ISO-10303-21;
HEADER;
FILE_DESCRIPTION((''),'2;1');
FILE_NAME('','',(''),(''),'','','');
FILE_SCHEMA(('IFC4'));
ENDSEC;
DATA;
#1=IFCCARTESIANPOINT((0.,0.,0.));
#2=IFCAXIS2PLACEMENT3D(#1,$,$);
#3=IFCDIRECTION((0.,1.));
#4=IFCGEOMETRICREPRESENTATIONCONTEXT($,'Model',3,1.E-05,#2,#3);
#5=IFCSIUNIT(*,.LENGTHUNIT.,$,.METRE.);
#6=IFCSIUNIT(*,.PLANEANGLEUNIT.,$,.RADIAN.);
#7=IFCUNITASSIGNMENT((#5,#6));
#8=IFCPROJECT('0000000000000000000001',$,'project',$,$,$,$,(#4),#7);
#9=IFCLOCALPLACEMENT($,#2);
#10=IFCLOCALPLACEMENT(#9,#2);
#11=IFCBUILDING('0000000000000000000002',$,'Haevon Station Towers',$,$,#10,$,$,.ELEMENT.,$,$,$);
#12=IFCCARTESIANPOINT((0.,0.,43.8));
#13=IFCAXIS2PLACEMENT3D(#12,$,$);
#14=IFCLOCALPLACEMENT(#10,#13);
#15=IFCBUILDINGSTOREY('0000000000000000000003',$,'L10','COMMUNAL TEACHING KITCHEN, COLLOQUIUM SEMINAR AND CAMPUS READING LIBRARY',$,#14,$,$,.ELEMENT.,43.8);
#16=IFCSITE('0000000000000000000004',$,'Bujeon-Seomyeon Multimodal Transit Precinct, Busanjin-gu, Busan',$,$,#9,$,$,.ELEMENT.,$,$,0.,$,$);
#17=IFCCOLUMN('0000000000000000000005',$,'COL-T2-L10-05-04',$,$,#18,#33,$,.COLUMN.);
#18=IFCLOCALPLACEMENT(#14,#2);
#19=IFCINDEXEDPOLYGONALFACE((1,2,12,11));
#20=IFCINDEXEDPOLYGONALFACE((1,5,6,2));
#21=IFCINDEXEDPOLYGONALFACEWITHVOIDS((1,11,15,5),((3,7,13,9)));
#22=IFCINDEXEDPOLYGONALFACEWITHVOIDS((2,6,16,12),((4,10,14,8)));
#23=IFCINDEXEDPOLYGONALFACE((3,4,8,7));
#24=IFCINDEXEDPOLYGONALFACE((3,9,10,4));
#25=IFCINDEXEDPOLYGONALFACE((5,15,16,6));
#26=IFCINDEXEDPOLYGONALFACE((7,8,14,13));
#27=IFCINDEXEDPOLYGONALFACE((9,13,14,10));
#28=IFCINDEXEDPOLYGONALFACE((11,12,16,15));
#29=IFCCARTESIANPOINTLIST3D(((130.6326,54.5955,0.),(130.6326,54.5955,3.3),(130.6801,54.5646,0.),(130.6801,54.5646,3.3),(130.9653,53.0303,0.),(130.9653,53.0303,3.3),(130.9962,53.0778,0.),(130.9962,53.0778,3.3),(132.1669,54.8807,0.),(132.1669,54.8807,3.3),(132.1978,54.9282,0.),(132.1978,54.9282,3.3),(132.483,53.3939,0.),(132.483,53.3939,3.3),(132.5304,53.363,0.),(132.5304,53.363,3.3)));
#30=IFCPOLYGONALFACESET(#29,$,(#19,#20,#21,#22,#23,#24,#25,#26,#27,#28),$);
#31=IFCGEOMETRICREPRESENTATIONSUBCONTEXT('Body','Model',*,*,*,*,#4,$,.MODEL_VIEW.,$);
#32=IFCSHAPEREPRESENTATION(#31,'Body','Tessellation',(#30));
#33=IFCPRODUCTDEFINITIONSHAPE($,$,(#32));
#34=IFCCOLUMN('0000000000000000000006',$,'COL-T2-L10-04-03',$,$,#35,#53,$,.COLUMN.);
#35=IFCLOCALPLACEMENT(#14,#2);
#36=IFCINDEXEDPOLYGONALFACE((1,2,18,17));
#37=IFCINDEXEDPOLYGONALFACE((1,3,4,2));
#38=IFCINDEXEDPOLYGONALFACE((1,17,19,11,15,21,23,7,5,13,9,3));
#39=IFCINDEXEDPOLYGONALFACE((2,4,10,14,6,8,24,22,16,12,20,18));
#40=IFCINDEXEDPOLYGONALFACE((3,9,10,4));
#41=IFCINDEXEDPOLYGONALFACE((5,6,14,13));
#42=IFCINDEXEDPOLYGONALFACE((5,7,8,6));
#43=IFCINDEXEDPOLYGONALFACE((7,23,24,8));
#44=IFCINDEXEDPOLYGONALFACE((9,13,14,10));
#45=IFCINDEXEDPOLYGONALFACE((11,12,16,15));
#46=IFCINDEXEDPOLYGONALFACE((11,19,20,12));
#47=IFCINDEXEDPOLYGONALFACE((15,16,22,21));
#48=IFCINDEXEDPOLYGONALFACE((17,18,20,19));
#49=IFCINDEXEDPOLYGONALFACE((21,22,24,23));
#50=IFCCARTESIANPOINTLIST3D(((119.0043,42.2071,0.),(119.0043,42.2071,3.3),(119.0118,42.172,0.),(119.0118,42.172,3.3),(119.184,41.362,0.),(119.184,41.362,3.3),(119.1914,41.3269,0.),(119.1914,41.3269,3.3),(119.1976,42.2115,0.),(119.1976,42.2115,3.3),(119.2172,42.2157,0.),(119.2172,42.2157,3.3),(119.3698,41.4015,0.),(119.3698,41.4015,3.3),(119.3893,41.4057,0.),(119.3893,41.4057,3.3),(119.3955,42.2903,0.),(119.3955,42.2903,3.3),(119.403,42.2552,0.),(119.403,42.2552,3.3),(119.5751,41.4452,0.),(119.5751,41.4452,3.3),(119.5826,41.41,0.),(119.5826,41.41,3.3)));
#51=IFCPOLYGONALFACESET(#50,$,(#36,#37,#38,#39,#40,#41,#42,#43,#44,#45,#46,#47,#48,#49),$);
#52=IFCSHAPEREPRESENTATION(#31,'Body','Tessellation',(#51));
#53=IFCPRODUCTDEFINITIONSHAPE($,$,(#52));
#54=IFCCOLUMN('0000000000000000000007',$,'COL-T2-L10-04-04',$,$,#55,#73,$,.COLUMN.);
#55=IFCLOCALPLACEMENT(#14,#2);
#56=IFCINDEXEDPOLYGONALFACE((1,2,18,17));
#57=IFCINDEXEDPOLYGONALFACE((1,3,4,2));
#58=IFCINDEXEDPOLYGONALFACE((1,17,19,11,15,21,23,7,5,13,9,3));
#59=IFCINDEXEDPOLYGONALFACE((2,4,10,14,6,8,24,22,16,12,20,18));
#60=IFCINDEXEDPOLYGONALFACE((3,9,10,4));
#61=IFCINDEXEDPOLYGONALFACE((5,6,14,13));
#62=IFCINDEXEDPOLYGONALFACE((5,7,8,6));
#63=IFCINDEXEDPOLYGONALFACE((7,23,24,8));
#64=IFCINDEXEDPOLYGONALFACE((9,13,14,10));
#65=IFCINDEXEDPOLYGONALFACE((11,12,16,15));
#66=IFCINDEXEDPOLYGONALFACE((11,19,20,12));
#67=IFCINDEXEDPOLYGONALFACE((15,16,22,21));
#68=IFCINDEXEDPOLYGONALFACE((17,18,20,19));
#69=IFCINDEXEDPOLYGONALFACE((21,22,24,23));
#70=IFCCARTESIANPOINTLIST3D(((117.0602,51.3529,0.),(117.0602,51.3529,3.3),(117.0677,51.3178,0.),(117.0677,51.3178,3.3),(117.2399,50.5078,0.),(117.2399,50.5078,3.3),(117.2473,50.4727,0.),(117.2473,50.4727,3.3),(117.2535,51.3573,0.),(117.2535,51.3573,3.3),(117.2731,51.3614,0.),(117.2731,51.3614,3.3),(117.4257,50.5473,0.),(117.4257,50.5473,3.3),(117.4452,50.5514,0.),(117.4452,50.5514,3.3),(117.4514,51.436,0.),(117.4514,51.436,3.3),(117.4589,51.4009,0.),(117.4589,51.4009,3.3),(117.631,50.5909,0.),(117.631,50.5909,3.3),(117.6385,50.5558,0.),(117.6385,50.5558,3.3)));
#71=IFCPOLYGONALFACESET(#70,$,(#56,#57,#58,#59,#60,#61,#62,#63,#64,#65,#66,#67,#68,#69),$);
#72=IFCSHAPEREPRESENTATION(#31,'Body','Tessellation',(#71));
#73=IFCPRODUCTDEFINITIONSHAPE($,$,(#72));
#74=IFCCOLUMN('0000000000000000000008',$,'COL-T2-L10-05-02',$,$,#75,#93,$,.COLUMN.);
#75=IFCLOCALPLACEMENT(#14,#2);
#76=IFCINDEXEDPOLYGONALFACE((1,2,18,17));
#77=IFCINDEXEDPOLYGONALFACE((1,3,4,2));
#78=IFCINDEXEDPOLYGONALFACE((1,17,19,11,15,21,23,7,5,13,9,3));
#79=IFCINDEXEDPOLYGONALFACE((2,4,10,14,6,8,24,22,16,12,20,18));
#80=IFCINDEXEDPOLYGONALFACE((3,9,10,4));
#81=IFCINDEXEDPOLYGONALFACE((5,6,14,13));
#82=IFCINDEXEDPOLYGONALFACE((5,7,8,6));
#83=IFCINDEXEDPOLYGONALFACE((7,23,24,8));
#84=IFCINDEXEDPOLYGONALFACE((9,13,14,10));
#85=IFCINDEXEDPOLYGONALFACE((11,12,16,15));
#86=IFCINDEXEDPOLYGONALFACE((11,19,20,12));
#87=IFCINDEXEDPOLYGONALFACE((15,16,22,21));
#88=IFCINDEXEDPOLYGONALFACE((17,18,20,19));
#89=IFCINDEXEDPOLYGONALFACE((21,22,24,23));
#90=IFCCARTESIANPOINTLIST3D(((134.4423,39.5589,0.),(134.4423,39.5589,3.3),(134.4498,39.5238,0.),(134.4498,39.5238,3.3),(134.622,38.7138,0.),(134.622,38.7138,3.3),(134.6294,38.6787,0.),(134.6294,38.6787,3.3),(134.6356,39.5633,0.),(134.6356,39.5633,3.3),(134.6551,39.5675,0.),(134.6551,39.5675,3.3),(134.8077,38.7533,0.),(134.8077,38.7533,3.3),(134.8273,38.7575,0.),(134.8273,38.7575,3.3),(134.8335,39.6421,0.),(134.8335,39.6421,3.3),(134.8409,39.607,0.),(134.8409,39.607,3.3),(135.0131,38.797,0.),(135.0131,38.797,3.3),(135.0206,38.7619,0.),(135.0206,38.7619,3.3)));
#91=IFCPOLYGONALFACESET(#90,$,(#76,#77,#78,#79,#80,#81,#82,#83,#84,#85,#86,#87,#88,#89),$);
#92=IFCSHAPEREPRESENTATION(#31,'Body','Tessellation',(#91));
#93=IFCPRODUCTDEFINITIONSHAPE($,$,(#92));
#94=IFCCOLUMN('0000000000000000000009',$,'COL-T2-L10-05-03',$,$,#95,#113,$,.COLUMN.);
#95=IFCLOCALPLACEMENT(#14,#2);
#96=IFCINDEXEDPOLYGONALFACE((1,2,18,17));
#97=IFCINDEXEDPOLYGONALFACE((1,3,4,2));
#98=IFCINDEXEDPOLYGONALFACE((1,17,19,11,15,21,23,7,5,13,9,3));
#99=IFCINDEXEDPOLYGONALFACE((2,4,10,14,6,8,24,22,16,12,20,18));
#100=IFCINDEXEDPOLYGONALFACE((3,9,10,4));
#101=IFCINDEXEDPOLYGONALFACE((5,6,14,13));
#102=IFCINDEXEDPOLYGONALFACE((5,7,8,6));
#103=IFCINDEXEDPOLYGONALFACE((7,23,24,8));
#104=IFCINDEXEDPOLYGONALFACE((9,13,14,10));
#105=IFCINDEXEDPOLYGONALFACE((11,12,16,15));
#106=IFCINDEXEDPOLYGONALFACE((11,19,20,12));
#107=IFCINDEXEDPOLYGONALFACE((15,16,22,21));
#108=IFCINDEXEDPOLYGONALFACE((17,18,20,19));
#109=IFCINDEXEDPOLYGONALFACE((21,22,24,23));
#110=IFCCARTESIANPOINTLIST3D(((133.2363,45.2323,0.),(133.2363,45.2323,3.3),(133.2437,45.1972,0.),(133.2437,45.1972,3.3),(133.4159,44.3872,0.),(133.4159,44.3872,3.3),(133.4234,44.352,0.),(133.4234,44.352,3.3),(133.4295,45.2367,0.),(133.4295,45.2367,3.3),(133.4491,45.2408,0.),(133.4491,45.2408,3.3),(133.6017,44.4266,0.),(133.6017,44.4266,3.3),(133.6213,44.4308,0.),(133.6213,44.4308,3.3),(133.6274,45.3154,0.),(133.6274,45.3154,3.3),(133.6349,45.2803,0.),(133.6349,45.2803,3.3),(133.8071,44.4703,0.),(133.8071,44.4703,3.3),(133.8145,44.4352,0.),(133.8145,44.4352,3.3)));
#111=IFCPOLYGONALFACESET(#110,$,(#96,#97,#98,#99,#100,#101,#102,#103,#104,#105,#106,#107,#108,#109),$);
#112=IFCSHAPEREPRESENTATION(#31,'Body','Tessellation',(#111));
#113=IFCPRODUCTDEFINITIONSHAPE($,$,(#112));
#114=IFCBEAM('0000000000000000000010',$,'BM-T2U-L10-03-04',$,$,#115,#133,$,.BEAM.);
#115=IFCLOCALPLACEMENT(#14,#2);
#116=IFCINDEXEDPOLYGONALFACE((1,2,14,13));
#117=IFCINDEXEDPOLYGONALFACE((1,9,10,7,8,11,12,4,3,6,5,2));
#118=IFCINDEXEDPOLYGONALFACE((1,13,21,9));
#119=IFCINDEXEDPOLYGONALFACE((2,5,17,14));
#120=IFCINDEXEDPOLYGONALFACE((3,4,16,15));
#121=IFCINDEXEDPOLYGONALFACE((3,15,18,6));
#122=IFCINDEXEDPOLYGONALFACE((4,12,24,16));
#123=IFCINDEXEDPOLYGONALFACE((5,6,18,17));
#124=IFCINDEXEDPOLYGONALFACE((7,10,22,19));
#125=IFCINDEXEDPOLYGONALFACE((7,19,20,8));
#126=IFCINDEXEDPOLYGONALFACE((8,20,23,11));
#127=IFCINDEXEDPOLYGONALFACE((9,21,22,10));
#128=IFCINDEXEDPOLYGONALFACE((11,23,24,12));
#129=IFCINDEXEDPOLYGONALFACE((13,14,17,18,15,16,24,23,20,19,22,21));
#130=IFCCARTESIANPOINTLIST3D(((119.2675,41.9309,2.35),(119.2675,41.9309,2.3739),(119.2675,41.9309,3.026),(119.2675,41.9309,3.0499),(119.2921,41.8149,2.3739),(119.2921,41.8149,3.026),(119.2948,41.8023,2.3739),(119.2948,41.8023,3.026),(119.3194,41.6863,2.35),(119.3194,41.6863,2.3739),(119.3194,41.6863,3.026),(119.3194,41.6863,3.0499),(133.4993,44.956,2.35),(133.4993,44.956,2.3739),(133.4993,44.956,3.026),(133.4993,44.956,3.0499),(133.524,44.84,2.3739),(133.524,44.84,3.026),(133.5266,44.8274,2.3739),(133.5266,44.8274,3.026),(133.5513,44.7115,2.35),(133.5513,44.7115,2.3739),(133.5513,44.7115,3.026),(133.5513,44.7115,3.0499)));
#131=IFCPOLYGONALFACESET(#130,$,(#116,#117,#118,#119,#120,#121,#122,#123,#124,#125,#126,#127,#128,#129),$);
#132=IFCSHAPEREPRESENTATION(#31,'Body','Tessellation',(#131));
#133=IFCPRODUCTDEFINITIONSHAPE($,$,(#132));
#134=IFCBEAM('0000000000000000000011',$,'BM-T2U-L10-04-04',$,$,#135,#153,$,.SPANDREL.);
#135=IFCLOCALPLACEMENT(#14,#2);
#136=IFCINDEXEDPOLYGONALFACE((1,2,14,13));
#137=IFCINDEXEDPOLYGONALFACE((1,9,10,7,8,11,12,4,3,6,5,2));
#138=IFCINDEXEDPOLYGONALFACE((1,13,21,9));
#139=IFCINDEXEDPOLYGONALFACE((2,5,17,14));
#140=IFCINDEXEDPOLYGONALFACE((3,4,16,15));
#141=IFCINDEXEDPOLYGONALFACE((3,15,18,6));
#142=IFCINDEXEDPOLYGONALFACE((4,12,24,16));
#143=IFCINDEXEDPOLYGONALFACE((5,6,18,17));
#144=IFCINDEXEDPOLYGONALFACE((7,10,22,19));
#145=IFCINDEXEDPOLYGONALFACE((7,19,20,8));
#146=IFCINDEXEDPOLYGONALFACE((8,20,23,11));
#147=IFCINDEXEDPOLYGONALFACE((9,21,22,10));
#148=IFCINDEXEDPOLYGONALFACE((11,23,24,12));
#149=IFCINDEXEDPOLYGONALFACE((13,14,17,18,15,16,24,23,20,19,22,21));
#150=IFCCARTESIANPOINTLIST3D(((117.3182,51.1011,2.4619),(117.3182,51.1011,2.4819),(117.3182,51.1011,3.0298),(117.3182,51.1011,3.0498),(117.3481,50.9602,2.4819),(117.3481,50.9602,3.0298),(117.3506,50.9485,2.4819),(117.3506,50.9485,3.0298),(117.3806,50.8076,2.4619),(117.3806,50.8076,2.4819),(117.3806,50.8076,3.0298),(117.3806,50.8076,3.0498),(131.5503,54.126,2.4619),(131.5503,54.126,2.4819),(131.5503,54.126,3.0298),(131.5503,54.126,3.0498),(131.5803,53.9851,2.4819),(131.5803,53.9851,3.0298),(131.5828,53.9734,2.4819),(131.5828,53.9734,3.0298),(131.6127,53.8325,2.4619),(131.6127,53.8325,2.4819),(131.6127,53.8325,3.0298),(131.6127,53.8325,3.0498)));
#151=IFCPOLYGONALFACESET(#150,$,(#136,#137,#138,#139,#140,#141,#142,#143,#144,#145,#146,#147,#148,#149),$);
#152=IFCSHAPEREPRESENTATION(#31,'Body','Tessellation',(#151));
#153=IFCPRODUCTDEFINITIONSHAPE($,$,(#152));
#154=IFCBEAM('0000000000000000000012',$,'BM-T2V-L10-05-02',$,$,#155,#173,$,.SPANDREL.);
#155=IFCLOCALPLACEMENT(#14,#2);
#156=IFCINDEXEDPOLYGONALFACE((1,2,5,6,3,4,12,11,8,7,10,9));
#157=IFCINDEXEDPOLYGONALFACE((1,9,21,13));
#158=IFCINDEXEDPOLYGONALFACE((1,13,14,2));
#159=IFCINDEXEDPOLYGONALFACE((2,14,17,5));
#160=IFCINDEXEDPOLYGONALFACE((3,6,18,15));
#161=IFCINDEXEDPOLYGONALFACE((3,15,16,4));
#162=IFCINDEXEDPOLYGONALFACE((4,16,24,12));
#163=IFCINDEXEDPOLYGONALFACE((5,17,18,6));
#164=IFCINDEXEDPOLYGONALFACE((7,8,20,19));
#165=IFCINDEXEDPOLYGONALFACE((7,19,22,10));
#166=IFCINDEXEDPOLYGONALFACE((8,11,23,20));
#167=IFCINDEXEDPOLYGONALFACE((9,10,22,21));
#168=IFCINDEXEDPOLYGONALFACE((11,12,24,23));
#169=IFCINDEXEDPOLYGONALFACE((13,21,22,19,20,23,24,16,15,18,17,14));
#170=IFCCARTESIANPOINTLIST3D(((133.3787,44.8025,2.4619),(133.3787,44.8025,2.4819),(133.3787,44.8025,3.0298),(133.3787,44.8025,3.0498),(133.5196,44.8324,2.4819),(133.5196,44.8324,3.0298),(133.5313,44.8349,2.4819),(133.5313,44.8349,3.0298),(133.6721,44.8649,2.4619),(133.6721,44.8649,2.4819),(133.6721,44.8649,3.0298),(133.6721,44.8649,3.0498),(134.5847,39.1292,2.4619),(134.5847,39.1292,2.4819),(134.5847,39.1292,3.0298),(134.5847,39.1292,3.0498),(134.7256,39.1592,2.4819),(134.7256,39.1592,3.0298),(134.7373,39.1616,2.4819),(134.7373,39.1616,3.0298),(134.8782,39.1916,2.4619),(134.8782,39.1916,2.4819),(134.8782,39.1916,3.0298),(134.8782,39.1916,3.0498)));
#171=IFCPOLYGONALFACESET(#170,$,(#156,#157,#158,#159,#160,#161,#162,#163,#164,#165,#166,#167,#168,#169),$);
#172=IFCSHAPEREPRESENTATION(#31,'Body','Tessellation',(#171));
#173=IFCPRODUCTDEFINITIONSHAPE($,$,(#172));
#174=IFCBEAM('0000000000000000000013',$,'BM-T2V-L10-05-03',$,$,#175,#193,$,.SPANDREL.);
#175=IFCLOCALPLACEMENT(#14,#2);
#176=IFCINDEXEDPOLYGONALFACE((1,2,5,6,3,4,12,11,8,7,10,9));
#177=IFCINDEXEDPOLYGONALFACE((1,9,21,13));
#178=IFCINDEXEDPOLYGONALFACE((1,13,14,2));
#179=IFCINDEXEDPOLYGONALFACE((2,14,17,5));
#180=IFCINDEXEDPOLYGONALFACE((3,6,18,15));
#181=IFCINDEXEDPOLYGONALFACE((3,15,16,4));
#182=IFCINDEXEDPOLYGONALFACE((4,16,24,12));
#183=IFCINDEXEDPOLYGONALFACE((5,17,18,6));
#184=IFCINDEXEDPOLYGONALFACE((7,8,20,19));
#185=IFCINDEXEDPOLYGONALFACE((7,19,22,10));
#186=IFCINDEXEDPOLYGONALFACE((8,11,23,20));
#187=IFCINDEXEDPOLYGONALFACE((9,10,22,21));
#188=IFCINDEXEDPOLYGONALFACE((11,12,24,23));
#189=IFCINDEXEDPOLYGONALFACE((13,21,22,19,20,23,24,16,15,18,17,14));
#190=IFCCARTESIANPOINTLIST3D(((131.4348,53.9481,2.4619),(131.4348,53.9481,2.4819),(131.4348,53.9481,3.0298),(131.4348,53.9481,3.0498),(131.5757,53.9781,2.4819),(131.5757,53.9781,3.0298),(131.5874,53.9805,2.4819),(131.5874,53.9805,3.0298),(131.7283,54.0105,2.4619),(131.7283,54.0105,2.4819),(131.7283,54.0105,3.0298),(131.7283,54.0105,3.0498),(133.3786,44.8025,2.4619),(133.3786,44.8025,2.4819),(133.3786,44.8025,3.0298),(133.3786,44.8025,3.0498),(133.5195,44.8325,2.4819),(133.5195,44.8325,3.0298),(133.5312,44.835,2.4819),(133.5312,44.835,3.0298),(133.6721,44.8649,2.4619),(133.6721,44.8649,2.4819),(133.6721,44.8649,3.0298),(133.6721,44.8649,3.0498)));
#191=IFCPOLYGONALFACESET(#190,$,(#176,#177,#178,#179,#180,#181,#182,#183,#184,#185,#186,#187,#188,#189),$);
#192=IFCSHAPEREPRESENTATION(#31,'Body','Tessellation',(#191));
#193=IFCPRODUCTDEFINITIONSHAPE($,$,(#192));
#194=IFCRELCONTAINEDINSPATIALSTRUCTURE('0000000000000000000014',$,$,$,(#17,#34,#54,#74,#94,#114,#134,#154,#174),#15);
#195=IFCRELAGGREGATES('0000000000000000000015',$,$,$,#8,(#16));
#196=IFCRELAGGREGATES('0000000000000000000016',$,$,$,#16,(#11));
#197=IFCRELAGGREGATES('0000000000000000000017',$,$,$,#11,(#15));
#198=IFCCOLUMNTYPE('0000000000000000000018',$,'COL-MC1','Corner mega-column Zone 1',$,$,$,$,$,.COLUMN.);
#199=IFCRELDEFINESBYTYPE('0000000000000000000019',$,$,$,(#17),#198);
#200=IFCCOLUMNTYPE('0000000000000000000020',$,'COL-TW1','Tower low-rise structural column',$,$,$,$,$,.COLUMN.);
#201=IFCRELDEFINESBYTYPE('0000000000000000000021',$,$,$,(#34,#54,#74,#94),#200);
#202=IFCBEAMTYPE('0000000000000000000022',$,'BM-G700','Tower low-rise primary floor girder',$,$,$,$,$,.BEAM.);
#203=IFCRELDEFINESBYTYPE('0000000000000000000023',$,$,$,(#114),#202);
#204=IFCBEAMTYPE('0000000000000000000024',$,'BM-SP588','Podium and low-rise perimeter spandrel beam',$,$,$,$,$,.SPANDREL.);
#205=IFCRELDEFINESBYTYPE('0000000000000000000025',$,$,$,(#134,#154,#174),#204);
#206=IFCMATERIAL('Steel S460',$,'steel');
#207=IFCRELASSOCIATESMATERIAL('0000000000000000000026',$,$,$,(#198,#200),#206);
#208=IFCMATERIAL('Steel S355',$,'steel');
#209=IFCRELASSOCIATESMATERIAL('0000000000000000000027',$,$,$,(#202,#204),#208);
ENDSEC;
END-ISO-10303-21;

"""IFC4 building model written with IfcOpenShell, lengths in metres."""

from ifc_helpers import new_model, si_unit, direction, frame, origin, origin_2d, place, context, subcontext, project, spatial, hollow_rectangle, i_section, extrude, material, material_profile, profile_set, type_object, element, save


model = new_model("IFC4")

# Units and contexts
model_context = context("Model", 3, precision=1e-05, world=origin(), true_north=direction((0.0, 1.0)))
body_context = subcontext(model_context, "Body", "Model", "MODEL_VIEW")
ifc_project = project(units=[si_unit("LENGTHUNIT", "METRE"), si_unit("PLANEANGLEUNIT", "RADIAN")], contexts=[model_context])

# Site, building, storey
site_placement = place(None, origin())
site = spatial("IfcSite", under=ifc_project, at=site_placement, Name="Bujeon-Seomyeon Multimodal Transit Precinct, Busanjin-gu, Busan", CompositionType="ELEMENT", RefElevation=0.0)
building_placement = place(site_placement, origin())
building = spatial("IfcBuilding", under=site, at=building_placement, Name="Haevon Station Towers", CompositionType="ELEMENT")
storey_placement = place(building_placement, frame((0.0, 0.0, 43.8)))
storey = spatial("IfcBuildingStorey", under=building, at=storey_placement, Name="L10", Description="COMMUNAL TEACHING KITCHEN, COLLOQUIUM SEMINAR AND CAMPUS READING LIBRARY", CompositionType="ELEMENT", Elevation=43.8)

# Columns
ifc_material_1 = material(Name="Steel S460", Category="steel")
ifc_material_profile_1 = material_profile(ifc_material_1, hollow_rectangle(XDim=1.6001, YDim=1.6001, WallThickness=0.04, at=origin_2d()), Name="BOX-1600x1600x40")
ifc_profile_set_1 = profile_set([ifc_material_profile_1], Name="Steel S460")
column_type_1 = type_object("IfcColumnType", Name="COL-MC1", Description="Corner mega-column Zone 1", PredefinedType="COLUMN", material=ifc_profile_set_1)
column_placement = place(storey_placement, frame((131.5815, 53.9792, 0.0), z_axis=(0.0, 0.0, 1.0), x_axis=(0.978148, 0.207912, 0.0)))
element("IfcColumn", 1, at=column_placement, inside=storey, type_object=column_type_1, Name="COL-T2-L10-05-04", PredefinedType="COLUMN", context=body_context, shape_type="SweptSolid", body=[
    extrude(hollow_rectangle(XDim=1.6001, YDim=1.6001, WallThickness=0.04, at=origin_2d()), origin(), (0.0, 0.0, 1.0), 3.3),
])
ifc_material_profile_2 = material_profile(ifc_material_1, i_section(OverallWidth=0.3999, OverallDepth=0.8999, WebThickness=0.02, FlangeThickness=0.0359, at=origin_2d()), Name="H-900x400x20x36")
ifc_profile_set_2 = profile_set([ifc_material_profile_2], Name="Steel S460")
column_type_2 = type_object("IfcColumnType", Name="COL-TW1", Description="Tower low-rise structural column", PredefinedType="COLUMN", material=ifc_profile_set_2)
for number, where, z_axis, x_axis, name in (
    (2, (119.2935, 41.8086, 0.0), (0.0, 0.0, 1.0), (0.978148, 0.207912, 0.0), "COL-T2-L10-04-03"),
    (3, (117.3494, 50.9543, 0.0), (0.0, 0.0, 1.0), (0.978148, 0.207912, 0.0), "COL-T2-L10-04-04"),
    (4, (134.7314, 39.1604, 0.0), (0.0, 0.0, 1.0), (0.978148, 0.207912, 0.0), "COL-T2-L10-05-02"),
    (5, (133.5254, 44.8337, 0.0), (0.0, 0.0, 1.0), (0.978148, 0.207912, 0.0), "COL-T2-L10-05-03"),
):
    element("IfcColumn", number, at=place(storey_placement, frame(where, z_axis=z_axis, x_axis=x_axis)), inside=storey, type_object=column_type_2, Name=name, PredefinedType="COLUMN", context=body_context, shape_type="SweptSolid", body=[
        extrude(i_section(OverallWidth=0.3999, OverallDepth=0.8999, WebThickness=0.02, FlangeThickness=0.0359, at=origin_2d()), origin(), (0.0, 0.0, 1.0), 3.3),
    ])

# Beams
ifc_material_2 = material(Name="Steel S355", Category="steel")
ifc_material_profile_3 = material_profile(ifc_material_2, i_section(OverallWidth=0.25, OverallDepth=0.7, WebThickness=0.0129, FlangeThickness=0.0239, at=origin_2d()), Name="H-700x250x13x24")
ifc_profile_set_3 = profile_set([ifc_material_profile_3], Name="Steel S355")
beam_type_1 = type_object("IfcBeamType", Name="BM-G700", Description="Tower low-rise primary floor girder", PredefinedType="BEAM", material=ifc_profile_set_3)
beam_1_placement = place(storey_placement, frame((119.2935, 41.8086, 2.7), z_axis=(0.978147, 0.207915, 0.0), x_axis=(-0.207915, 0.978147, 0.0)))
element("IfcBeam", 6, at=beam_1_placement, inside=storey, type_object=beam_type_1, Name="BM-T2U-L10-03-04", PredefinedType="BEAM", context=body_context, shape_type="SweptSolid", body=[
    extrude(i_section(OverallWidth=0.25, OverallDepth=0.7, WebThickness=0.0129, FlangeThickness=0.0239, at=origin_2d()), origin(), (0.0, 0.0, 1.0), 14.5498),
])
ifc_material_profile_4 = material_profile(ifc_material_2, i_section(OverallWidth=0.3, OverallDepth=0.5879, WebThickness=0.012, FlangeThickness=0.02, at=origin_2d()), Name="H-588x300x12x20")
ifc_profile_set_4 = profile_set([ifc_material_profile_4], Name="Steel S355")
beam_type_2 = type_object("IfcBeamType", Name="BM-SP588", Description="Podium and low-rise perimeter spandrel beam", PredefinedType="SPANDREL", material=ifc_profile_set_4)
beam_2_placement = place(storey_placement, frame((117.3494, 50.9543, 2.7559), z_axis=(0.978151, 0.207896, 0.0), x_axis=(-0.207896, 0.978151, 0.0)))
element("IfcBeam", 7, at=beam_2_placement, inside=storey, type_object=beam_type_2, Name="BM-T2U-L10-04-04", PredefinedType="SPANDREL", context=body_context, shape_type="SweptSolid", body=[
    extrude(i_section(OverallWidth=0.3, OverallDepth=0.5879, WebThickness=0.012, FlangeThickness=0.02, at=origin_2d()), origin(), (0.0, 0.0, 1.0), 14.55),
])
beam_3_placement = place(storey_placement, frame((134.7314, 39.1604, 2.7559), z_axis=(-0.207936, 0.978142, 0.0), x_axis=(-0.978142, -0.207936, 0.0)))
element("IfcBeam", 8, at=beam_3_placement, inside=storey, type_object=beam_type_2, Name="BM-T2V-L10-05-02", PredefinedType="SPANDREL", context=body_context, shape_type="SweptSolid", body=[
    extrude(i_section(OverallWidth=0.3, OverallDepth=0.5879, WebThickness=0.012, FlangeThickness=0.02, at=origin_2d()), origin(), (0.0, 0.0, 1.0), 5.8),
])
beam_4_placement = place(storey_placement, frame((133.5254, 44.8337, 2.7559), z_axis=(-0.207902, 0.97815, 0.0), x_axis=(-0.97815, -0.207902, 0.0)))
element("IfcBeam", 9, at=beam_4_placement, inside=storey, type_object=beam_type_2, Name="BM-T2V-L10-05-03", PredefinedType="SPANDREL", context=body_context, shape_type="SweptSolid", body=[
    extrude(i_section(OverallWidth=0.3, OverallDepth=0.5879, WebThickness=0.012, FlangeThickness=0.02, at=origin_2d()), origin(), (0.0, 0.0, 1.0), 9.3499),
])

save(model, "model.ifc")
